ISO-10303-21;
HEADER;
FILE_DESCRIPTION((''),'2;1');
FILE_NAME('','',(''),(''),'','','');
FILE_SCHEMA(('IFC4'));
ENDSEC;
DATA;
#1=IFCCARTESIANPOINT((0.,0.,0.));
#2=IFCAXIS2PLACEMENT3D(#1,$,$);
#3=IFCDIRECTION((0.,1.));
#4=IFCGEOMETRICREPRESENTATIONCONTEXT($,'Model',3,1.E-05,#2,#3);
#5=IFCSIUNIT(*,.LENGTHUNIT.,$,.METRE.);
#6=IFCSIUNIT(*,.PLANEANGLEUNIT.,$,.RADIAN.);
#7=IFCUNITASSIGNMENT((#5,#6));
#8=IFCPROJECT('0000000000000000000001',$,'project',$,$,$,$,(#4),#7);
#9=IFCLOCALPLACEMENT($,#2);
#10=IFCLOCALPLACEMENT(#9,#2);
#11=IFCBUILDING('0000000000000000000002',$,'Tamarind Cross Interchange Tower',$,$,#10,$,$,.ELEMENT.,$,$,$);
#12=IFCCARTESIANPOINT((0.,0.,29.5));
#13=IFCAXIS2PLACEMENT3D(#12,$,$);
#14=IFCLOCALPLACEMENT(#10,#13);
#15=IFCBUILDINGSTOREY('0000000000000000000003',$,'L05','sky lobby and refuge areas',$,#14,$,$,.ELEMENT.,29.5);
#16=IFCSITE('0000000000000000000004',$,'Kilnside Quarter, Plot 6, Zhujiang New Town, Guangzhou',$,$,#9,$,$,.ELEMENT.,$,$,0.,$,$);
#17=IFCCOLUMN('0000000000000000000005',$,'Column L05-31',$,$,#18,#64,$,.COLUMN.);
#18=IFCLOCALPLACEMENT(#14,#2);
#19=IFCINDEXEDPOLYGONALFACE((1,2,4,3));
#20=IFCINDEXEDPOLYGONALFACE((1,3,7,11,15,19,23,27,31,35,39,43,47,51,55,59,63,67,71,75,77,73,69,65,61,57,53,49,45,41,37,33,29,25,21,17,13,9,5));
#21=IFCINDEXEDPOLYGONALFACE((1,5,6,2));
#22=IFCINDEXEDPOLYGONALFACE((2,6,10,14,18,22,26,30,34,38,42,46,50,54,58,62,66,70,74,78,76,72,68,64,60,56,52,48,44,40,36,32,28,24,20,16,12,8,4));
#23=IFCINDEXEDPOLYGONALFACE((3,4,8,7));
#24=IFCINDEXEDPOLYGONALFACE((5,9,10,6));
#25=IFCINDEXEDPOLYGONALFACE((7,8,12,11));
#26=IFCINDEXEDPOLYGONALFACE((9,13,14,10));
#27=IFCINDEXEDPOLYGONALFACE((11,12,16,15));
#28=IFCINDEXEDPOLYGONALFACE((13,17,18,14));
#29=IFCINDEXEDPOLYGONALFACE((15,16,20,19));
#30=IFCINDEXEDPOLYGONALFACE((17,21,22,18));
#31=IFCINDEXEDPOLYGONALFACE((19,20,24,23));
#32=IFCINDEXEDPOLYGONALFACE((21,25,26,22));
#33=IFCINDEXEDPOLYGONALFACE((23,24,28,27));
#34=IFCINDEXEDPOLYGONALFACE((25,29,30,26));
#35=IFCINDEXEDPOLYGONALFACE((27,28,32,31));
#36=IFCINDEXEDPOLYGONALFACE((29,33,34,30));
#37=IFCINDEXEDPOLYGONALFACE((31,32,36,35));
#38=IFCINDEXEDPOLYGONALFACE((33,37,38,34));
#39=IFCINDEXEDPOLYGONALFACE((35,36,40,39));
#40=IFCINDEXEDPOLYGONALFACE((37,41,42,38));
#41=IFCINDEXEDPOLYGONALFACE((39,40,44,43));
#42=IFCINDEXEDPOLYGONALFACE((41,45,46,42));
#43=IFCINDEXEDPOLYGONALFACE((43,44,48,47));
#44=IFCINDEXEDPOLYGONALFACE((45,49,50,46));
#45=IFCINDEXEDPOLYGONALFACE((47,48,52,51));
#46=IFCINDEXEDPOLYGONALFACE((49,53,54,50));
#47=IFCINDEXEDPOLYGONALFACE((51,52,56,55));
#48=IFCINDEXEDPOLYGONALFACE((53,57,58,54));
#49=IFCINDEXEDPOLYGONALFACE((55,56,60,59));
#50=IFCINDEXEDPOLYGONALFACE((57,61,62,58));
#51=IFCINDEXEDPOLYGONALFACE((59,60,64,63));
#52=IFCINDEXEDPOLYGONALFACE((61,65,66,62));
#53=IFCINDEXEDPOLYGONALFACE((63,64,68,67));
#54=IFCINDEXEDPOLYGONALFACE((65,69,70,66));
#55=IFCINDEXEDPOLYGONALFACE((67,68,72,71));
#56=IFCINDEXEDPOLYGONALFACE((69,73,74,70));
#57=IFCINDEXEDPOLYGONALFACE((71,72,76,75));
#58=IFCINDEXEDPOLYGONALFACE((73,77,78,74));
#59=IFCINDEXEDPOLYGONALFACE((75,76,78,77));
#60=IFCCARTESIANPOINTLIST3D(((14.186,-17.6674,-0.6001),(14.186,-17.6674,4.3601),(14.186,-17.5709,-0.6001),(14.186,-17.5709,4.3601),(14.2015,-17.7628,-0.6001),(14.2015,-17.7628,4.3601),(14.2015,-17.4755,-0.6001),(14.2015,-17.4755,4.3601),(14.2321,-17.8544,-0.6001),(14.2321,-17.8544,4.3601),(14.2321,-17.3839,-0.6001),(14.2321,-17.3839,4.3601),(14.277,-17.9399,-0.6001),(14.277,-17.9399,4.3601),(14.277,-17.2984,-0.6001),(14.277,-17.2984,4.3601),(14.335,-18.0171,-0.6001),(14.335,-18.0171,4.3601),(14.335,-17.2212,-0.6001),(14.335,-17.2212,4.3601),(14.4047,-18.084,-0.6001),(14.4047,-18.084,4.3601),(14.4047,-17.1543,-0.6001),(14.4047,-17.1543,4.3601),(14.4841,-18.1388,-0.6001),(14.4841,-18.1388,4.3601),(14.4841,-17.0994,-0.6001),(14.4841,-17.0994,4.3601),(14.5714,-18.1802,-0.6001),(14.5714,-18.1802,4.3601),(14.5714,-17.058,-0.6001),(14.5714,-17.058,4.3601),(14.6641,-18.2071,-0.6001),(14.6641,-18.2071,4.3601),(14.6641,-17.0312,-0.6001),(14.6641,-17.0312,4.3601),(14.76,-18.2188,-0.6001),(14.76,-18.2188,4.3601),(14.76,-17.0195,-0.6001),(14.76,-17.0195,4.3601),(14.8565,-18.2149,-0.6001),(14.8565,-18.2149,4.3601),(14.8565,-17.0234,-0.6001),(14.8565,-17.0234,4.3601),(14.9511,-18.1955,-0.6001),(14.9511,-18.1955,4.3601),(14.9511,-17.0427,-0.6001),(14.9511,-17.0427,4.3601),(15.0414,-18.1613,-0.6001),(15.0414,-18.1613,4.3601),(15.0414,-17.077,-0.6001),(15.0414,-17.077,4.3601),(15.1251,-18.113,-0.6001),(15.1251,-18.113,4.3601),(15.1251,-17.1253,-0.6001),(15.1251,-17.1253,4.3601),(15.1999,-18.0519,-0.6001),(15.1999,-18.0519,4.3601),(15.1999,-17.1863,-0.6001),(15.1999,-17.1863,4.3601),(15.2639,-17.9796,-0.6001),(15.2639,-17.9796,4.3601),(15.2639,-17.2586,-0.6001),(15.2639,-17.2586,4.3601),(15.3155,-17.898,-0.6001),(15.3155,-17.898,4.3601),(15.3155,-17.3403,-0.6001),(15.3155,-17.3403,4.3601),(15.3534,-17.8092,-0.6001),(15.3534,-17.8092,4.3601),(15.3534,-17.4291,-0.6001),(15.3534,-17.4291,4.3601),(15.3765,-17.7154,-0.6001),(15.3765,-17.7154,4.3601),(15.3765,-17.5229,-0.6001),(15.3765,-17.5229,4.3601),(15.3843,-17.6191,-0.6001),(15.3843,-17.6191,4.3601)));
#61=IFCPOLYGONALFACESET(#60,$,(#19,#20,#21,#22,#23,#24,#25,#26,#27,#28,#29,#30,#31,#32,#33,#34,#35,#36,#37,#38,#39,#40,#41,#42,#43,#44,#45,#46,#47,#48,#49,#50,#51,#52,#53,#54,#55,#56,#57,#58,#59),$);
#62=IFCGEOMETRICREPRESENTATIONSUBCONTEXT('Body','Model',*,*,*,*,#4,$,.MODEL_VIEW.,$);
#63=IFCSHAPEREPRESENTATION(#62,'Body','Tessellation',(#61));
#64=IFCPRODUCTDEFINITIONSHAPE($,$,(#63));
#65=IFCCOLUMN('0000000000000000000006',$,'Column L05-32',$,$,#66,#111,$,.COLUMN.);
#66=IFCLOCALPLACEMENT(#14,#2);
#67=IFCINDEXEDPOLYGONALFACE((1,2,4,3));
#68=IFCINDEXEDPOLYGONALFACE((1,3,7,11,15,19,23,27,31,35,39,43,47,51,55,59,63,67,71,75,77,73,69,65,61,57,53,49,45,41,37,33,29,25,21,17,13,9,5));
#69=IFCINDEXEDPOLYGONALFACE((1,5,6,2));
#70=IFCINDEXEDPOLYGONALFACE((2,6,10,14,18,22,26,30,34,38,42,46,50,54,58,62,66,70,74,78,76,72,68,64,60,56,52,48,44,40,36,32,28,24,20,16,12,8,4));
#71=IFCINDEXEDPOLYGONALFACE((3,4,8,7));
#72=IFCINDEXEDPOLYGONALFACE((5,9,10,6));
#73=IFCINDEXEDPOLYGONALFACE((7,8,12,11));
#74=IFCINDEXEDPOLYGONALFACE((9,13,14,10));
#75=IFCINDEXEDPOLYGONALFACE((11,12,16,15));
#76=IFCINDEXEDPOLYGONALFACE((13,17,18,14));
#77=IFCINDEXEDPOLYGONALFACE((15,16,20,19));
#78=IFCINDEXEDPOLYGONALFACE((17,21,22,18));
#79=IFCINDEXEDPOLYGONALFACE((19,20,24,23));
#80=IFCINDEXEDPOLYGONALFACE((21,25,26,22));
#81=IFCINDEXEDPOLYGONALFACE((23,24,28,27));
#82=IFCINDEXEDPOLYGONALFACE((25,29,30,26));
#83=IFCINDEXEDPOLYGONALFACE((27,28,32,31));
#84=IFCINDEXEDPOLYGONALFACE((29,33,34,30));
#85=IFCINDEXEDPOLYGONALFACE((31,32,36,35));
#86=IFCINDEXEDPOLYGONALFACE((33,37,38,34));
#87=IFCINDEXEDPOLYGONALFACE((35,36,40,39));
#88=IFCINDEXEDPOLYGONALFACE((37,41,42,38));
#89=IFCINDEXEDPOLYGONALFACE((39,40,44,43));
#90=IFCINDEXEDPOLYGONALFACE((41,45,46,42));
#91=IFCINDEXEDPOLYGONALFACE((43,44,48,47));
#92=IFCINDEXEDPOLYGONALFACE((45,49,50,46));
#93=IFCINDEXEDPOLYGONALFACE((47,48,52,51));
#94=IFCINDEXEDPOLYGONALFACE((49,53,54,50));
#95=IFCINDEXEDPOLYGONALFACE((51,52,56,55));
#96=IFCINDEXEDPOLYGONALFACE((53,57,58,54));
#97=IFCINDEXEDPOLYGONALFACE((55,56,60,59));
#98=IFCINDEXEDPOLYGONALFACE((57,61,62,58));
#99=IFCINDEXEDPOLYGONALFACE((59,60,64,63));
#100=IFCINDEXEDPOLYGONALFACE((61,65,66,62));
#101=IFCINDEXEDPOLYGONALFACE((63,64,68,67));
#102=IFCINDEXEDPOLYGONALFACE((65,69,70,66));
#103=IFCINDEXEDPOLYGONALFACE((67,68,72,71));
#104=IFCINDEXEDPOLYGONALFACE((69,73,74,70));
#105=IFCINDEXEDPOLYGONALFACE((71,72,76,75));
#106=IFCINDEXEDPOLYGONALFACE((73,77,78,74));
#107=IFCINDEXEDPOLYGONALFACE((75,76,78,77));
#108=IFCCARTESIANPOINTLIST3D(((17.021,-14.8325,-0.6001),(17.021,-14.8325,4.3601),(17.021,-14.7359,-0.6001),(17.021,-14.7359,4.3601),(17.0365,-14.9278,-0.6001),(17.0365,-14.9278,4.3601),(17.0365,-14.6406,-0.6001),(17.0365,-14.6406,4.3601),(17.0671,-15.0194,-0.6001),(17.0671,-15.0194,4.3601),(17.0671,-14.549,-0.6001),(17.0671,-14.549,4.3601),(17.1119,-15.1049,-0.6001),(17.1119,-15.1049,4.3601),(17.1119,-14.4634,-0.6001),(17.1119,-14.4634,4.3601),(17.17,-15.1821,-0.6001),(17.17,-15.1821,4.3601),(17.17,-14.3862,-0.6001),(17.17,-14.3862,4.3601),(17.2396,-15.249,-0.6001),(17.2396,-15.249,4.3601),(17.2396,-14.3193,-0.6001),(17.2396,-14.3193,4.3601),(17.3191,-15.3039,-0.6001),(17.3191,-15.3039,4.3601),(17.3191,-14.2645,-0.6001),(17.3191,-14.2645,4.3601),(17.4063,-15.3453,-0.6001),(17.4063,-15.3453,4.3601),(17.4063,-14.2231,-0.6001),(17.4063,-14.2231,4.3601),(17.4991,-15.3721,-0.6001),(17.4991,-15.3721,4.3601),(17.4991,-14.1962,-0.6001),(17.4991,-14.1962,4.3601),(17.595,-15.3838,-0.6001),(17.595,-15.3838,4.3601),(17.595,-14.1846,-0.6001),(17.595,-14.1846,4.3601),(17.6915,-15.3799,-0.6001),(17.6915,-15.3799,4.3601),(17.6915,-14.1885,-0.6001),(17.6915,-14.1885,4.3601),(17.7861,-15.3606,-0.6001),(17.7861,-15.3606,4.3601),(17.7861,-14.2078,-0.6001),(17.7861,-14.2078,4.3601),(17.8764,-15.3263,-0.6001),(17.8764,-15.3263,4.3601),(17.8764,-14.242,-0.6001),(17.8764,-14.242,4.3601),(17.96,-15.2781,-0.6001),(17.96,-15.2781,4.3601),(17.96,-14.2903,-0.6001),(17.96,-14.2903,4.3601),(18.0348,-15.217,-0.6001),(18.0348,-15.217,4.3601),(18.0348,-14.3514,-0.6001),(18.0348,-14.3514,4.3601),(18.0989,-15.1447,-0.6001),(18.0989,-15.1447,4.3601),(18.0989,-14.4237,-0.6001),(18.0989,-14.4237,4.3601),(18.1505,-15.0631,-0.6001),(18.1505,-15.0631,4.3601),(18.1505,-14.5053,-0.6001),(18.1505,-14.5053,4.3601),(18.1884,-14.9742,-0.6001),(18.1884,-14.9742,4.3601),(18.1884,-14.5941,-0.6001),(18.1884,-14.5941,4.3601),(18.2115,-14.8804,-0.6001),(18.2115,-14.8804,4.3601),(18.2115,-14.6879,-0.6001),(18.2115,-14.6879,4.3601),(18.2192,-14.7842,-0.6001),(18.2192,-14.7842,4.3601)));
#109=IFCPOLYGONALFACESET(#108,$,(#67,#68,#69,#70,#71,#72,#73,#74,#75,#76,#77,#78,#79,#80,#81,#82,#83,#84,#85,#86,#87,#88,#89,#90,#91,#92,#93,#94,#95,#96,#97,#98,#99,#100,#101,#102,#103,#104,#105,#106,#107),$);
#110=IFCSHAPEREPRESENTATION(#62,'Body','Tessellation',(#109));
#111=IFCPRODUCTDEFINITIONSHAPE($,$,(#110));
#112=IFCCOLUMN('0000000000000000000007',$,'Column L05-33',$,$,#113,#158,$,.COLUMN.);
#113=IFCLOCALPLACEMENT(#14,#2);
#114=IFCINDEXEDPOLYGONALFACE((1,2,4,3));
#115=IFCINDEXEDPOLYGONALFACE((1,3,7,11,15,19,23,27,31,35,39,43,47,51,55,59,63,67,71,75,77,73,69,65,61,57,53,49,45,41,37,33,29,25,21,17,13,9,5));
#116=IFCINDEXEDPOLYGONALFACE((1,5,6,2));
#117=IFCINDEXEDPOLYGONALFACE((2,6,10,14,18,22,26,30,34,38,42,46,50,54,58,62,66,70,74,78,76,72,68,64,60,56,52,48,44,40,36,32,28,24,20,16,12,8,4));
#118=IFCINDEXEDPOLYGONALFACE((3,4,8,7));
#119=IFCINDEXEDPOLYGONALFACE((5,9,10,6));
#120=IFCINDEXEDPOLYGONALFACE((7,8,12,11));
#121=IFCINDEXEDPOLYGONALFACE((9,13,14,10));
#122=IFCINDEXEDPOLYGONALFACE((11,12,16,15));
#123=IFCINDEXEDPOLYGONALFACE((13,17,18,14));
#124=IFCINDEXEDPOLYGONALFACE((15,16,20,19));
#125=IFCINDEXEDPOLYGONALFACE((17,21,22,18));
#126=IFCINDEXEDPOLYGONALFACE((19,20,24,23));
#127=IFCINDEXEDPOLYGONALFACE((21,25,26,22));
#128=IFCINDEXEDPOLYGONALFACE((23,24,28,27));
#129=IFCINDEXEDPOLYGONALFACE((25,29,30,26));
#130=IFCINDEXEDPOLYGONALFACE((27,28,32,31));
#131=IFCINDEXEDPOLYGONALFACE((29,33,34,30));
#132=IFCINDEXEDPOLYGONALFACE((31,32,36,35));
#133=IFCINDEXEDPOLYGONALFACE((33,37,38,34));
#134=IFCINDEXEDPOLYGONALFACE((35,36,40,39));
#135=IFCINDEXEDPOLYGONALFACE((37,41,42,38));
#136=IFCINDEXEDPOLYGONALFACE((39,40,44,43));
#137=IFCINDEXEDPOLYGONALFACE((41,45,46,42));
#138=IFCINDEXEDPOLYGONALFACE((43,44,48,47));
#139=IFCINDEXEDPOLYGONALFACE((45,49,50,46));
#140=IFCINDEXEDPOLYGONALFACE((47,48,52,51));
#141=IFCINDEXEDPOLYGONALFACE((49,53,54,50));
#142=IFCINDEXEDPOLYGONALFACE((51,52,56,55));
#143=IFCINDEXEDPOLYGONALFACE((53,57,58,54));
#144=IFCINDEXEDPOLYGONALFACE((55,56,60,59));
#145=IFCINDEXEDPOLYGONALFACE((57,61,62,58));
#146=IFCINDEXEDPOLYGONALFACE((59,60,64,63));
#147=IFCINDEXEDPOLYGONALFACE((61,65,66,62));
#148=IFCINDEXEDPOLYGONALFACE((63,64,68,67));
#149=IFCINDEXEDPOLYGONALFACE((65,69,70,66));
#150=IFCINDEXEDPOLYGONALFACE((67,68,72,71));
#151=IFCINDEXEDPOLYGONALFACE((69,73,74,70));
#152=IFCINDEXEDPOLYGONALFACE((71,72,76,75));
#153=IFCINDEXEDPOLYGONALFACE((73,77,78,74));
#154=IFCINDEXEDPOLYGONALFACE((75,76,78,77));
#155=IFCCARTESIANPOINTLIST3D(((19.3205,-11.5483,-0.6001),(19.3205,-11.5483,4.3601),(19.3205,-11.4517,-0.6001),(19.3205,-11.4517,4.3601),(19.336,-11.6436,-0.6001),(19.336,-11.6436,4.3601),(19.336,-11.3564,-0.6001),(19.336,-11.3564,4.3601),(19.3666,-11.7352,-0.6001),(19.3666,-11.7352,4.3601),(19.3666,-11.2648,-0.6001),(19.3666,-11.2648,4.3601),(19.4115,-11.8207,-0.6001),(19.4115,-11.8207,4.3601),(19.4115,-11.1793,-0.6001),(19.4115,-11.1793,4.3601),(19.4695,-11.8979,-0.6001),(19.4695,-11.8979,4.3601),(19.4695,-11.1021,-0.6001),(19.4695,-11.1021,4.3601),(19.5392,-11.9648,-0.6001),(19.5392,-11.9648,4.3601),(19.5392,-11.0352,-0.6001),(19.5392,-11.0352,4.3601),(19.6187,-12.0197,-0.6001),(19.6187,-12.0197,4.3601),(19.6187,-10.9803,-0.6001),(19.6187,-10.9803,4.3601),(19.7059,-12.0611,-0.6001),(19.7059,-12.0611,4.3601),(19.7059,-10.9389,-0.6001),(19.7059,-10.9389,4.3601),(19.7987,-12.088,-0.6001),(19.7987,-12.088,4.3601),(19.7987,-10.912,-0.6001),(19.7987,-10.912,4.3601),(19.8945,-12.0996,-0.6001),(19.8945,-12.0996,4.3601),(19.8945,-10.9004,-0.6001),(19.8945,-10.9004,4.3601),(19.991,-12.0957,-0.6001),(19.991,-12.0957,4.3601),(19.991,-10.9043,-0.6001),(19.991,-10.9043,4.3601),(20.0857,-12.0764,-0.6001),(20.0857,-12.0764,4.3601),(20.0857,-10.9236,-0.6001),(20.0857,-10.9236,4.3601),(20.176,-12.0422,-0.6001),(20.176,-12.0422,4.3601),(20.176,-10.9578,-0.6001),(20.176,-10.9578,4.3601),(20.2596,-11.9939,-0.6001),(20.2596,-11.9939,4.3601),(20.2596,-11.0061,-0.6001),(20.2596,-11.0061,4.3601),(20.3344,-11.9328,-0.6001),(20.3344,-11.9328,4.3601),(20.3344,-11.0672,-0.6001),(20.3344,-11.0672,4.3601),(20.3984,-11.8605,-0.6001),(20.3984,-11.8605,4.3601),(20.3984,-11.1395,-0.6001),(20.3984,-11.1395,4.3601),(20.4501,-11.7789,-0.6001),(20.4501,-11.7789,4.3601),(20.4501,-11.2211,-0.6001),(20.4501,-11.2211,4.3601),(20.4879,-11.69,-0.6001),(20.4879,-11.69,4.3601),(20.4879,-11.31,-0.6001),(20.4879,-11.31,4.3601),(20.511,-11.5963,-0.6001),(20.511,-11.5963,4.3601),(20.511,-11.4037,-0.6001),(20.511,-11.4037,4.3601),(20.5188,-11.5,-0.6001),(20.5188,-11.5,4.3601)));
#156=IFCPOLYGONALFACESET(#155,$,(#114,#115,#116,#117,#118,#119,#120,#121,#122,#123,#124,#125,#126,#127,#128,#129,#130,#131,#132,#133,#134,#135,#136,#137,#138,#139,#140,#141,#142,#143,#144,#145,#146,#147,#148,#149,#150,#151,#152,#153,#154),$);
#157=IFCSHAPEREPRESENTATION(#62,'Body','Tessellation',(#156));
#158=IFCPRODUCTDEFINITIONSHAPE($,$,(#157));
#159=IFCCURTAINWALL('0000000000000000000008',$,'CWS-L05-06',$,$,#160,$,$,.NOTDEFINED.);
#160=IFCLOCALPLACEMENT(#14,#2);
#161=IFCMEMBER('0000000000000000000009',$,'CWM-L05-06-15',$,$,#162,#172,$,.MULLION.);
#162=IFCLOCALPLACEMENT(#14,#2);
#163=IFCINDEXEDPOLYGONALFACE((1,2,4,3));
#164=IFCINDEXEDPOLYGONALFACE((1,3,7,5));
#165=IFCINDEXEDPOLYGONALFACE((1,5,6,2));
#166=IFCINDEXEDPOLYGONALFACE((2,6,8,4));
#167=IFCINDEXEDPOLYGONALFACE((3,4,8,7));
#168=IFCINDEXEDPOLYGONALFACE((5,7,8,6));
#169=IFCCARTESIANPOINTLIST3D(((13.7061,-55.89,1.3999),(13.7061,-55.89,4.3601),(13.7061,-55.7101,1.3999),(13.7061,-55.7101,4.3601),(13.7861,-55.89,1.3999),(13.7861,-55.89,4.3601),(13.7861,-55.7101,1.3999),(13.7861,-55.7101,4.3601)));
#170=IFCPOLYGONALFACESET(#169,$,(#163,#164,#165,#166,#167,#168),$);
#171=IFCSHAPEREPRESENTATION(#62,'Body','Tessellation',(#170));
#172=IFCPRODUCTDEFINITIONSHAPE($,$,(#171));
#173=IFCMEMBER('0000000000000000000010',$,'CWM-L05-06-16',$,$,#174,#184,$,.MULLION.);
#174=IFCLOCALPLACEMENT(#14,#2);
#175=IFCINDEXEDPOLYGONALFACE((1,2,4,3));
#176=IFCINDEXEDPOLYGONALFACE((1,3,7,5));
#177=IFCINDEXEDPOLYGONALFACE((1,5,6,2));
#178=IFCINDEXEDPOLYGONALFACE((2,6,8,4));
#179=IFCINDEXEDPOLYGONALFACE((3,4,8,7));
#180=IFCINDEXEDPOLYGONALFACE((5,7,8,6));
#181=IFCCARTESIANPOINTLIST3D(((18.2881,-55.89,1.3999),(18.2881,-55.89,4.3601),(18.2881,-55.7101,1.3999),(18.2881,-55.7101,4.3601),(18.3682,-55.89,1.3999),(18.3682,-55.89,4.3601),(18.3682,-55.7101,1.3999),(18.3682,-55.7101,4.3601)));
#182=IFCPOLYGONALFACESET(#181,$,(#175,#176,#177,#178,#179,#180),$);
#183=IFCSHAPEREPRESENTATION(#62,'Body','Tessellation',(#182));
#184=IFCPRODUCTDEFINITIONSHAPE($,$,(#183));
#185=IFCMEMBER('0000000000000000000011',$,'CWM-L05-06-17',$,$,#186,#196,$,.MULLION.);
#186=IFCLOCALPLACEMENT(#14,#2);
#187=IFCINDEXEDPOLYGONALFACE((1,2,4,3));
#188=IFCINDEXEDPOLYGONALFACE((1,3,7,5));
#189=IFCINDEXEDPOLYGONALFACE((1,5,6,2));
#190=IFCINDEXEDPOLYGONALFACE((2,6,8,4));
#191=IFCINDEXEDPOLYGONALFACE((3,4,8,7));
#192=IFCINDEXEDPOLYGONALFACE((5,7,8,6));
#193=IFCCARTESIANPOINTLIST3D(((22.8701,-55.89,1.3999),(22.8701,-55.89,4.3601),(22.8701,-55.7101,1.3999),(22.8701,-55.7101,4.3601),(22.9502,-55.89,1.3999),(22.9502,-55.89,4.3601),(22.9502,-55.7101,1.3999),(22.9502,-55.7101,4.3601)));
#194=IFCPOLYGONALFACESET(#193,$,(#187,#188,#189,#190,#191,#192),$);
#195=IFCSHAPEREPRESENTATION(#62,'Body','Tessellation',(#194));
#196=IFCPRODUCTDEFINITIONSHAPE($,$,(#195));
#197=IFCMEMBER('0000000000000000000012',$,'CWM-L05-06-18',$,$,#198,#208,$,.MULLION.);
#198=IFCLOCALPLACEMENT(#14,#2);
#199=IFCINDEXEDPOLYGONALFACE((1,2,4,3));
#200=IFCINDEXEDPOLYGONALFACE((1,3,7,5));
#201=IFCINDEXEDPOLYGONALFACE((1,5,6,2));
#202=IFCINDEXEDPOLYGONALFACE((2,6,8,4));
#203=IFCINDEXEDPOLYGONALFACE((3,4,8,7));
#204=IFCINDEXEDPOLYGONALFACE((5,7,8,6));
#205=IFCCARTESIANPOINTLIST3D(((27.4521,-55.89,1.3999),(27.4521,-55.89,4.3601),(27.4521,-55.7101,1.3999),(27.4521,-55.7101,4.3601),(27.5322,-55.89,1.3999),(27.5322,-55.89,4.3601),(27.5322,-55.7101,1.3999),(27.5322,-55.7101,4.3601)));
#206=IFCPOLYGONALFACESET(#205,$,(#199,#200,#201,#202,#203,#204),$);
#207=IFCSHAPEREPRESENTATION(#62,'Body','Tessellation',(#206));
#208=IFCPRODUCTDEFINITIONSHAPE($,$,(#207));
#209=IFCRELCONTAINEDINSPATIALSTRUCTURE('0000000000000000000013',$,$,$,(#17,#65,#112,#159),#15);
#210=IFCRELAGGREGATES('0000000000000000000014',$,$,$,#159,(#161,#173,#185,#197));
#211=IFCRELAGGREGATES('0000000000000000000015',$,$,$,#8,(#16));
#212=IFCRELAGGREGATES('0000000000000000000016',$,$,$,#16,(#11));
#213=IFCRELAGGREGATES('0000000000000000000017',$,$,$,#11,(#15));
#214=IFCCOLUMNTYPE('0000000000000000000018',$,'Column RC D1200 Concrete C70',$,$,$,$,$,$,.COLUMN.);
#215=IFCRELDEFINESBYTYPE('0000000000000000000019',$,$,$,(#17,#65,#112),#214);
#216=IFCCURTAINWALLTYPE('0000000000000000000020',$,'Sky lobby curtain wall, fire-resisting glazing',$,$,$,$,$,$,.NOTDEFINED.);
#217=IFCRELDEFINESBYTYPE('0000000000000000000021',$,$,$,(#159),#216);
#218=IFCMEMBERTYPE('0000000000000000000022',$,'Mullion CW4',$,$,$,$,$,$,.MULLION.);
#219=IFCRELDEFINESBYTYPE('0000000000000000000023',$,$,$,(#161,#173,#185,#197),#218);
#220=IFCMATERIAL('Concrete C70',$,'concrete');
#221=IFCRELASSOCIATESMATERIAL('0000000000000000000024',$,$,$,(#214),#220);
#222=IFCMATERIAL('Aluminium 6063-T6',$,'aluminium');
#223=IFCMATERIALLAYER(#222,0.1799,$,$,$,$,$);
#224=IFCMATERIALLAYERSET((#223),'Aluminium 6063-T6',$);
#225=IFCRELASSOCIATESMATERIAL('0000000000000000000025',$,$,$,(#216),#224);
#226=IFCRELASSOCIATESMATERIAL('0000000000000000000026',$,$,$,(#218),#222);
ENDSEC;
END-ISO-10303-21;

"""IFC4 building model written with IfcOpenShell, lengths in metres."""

from ifc_helpers import new_model, si_unit, direction, frame, origin, origin_2d, place, context, subcontext, project, spatial, rectangle, circle, extrude, material, layer, layer_set, material_profile, profile_set, type_object, element, aggregate, save


model = new_model("IFC4")

# Units and contexts
model_context = context("Model", 3, precision=1e-05, world=origin(), true_north=direction((0.0, 1.0)))
body_context = subcontext(model_context, "Body", "Model", "MODEL_VIEW")
ifc_project = project(units=[si_unit("LENGTHUNIT", "METRE"), si_unit("PLANEANGLEUNIT", "RADIAN")], contexts=[model_context])

# Site, building, storey
site_placement = place(None, origin())
site = spatial("IfcSite", under=ifc_project, at=site_placement, Name="Kilnside Quarter, Plot 6, Zhujiang New Town, Guangzhou", CompositionType="ELEMENT", RefElevation=0.0)
building_placement = place(site_placement, origin())
building = spatial("IfcBuilding", under=site, at=building_placement, Name="Tamarind Cross Interchange Tower", CompositionType="ELEMENT")
storey_placement = place(building_placement, frame((0.0, 0.0, 29.5)))
storey = spatial("IfcBuildingStorey", under=building, at=storey_placement, Name="L05", Description="sky lobby and refuge areas", CompositionType="ELEMENT", Elevation=29.5)

# Columns
ifc_material_1 = material(Name="Concrete C70", Category="concrete")
ifc_material_profile_1 = material_profile(ifc_material_1, circle(Radius=0.6001, at=origin_2d()), Name="RC D1200")
ifc_profile_set_1 = profile_set([ifc_material_profile_1], Name="Concrete C70")
column_type = type_object("IfcColumnType", Name="Column RC D1200 Concrete C70", PredefinedType="COLUMN", material=ifc_profile_set_1)
for number, where, z_axis, x_axis, name in (
    (1, (14.7842, -17.6191, -0.6001), (0.0, 0.0, 1.0), (1.0, 0.0, 0.0), "Column L05-31"),
    (2, (17.6191, -14.7842, -0.6001), (0.0, 0.0, 1.0), (1.0, 0.0, 0.0), "Column L05-32"),
    (3, (19.9187, -11.5, -0.6001), (0.0, 0.0, 1.0), (1.0, 0.0, 0.0), "Column L05-33"),
):
    element("IfcColumn", number, at=place(storey_placement, frame(where, z_axis=z_axis, x_axis=x_axis)), inside=storey, type_object=column_type, Name=name, PredefinedType="COLUMN", context=body_context, shape_type="SweptSolid", body=[
        extrude(circle(Radius=0.6001, at=origin_2d()), origin(), (0.0, 0.0, 1.0), 4.9602),
    ])

# Curtain wall, members
ifc_material_2 = material(Name="Aluminium 6063-T6", Category="aluminium")
ifc_layer_1 = layer(ifc_material_2, 0.1799)
ifc_layer_set_1 = layer_set([ifc_layer_1], Name="Aluminium 6063-T6")
curtain_wall_type = type_object("IfcCurtainWallType", Name="Sky lobby curtain wall, fire-resisting glazing", PredefinedType="NOTDEFINED", material=ifc_layer_set_1)
curtain_wall_placement = place(storey_placement, origin())
curtain_wall = element("IfcCurtainWall", 4, at=curtain_wall_placement, inside=storey, type_object=curtain_wall_type, Name="CWS-L05-06", PredefinedType="NOTDEFINED")
ifc_material_profile_2 = material_profile(ifc_material_2, rectangle(XDim=0.0801, YDim=0.1799, at=origin_2d()), Name="Mullion CW4")
ifc_profile_set_2 = profile_set([ifc_material_profile_2], Name="Aluminium 6063-T6")
member_type = type_object("IfcMemberType", Name="Mullion CW4", PredefinedType="MULLION", material=ifc_profile_set_2)
member_1_placement = place(storey_placement, frame((13.7461, -55.8, 1.3999), z_axis=(0.0, 0.0, 1.0), x_axis=(1.0, 0.0, 0.0)))
member_1 = element("IfcMember", 5, at=member_1_placement, type_object=member_type, Name="CWM-L05-06-15", PredefinedType="MULLION", context=body_context, shape_type="SweptSolid", body=[
    extrude(rectangle(XDim=0.0801, YDim=0.1799, at=origin_2d()), origin(), (0.0, 0.0, 1.0), 2.9602),
])
member_2_placement = place(storey_placement, frame((18.3281, -55.8, 1.3999), z_axis=(0.0, 0.0, 1.0), x_axis=(1.0, 0.0, 0.0)))
member_2 = element("IfcMember", 6, at=member_2_placement, type_object=member_type, Name="CWM-L05-06-16", PredefinedType="MULLION", context=body_context, shape_type="SweptSolid", body=[
    extrude(rectangle(XDim=0.0801, YDim=0.1799, at=origin_2d()), origin(), (0.0, 0.0, 1.0), 2.9602),
])
member_3_placement = place(storey_placement, frame((22.9102, -55.8, 1.3999), z_axis=(0.0, 0.0, 1.0), x_axis=(1.0, 0.0, 0.0)))
member_3 = element("IfcMember", 7, at=member_3_placement, type_object=member_type, Name="CWM-L05-06-17", PredefinedType="MULLION", context=body_context, shape_type="SweptSolid", body=[
    extrude(rectangle(XDim=0.0801, YDim=0.1799, at=origin_2d()), origin(), (0.0, 0.0, 1.0), 2.9602),
])
member_4_placement = place(storey_placement, frame((27.4922, -55.8, 1.3999), z_axis=(0.0, 0.0, 1.0), x_axis=(1.0, 0.0, 0.0)))
member_4 = element("IfcMember", 8, at=member_4_placement, type_object=member_type, Name="CWM-L05-06-18", PredefinedType="MULLION", context=body_context, shape_type="SweptSolid", body=[
    extrude(rectangle(XDim=0.0801, YDim=0.1799, at=origin_2d()), origin(), (0.0, 0.0, 1.0), 2.9602),
])
aggregate(curtain_wall, [member_1, member_2, member_3, member_4])

save(model, "model.ifc")
